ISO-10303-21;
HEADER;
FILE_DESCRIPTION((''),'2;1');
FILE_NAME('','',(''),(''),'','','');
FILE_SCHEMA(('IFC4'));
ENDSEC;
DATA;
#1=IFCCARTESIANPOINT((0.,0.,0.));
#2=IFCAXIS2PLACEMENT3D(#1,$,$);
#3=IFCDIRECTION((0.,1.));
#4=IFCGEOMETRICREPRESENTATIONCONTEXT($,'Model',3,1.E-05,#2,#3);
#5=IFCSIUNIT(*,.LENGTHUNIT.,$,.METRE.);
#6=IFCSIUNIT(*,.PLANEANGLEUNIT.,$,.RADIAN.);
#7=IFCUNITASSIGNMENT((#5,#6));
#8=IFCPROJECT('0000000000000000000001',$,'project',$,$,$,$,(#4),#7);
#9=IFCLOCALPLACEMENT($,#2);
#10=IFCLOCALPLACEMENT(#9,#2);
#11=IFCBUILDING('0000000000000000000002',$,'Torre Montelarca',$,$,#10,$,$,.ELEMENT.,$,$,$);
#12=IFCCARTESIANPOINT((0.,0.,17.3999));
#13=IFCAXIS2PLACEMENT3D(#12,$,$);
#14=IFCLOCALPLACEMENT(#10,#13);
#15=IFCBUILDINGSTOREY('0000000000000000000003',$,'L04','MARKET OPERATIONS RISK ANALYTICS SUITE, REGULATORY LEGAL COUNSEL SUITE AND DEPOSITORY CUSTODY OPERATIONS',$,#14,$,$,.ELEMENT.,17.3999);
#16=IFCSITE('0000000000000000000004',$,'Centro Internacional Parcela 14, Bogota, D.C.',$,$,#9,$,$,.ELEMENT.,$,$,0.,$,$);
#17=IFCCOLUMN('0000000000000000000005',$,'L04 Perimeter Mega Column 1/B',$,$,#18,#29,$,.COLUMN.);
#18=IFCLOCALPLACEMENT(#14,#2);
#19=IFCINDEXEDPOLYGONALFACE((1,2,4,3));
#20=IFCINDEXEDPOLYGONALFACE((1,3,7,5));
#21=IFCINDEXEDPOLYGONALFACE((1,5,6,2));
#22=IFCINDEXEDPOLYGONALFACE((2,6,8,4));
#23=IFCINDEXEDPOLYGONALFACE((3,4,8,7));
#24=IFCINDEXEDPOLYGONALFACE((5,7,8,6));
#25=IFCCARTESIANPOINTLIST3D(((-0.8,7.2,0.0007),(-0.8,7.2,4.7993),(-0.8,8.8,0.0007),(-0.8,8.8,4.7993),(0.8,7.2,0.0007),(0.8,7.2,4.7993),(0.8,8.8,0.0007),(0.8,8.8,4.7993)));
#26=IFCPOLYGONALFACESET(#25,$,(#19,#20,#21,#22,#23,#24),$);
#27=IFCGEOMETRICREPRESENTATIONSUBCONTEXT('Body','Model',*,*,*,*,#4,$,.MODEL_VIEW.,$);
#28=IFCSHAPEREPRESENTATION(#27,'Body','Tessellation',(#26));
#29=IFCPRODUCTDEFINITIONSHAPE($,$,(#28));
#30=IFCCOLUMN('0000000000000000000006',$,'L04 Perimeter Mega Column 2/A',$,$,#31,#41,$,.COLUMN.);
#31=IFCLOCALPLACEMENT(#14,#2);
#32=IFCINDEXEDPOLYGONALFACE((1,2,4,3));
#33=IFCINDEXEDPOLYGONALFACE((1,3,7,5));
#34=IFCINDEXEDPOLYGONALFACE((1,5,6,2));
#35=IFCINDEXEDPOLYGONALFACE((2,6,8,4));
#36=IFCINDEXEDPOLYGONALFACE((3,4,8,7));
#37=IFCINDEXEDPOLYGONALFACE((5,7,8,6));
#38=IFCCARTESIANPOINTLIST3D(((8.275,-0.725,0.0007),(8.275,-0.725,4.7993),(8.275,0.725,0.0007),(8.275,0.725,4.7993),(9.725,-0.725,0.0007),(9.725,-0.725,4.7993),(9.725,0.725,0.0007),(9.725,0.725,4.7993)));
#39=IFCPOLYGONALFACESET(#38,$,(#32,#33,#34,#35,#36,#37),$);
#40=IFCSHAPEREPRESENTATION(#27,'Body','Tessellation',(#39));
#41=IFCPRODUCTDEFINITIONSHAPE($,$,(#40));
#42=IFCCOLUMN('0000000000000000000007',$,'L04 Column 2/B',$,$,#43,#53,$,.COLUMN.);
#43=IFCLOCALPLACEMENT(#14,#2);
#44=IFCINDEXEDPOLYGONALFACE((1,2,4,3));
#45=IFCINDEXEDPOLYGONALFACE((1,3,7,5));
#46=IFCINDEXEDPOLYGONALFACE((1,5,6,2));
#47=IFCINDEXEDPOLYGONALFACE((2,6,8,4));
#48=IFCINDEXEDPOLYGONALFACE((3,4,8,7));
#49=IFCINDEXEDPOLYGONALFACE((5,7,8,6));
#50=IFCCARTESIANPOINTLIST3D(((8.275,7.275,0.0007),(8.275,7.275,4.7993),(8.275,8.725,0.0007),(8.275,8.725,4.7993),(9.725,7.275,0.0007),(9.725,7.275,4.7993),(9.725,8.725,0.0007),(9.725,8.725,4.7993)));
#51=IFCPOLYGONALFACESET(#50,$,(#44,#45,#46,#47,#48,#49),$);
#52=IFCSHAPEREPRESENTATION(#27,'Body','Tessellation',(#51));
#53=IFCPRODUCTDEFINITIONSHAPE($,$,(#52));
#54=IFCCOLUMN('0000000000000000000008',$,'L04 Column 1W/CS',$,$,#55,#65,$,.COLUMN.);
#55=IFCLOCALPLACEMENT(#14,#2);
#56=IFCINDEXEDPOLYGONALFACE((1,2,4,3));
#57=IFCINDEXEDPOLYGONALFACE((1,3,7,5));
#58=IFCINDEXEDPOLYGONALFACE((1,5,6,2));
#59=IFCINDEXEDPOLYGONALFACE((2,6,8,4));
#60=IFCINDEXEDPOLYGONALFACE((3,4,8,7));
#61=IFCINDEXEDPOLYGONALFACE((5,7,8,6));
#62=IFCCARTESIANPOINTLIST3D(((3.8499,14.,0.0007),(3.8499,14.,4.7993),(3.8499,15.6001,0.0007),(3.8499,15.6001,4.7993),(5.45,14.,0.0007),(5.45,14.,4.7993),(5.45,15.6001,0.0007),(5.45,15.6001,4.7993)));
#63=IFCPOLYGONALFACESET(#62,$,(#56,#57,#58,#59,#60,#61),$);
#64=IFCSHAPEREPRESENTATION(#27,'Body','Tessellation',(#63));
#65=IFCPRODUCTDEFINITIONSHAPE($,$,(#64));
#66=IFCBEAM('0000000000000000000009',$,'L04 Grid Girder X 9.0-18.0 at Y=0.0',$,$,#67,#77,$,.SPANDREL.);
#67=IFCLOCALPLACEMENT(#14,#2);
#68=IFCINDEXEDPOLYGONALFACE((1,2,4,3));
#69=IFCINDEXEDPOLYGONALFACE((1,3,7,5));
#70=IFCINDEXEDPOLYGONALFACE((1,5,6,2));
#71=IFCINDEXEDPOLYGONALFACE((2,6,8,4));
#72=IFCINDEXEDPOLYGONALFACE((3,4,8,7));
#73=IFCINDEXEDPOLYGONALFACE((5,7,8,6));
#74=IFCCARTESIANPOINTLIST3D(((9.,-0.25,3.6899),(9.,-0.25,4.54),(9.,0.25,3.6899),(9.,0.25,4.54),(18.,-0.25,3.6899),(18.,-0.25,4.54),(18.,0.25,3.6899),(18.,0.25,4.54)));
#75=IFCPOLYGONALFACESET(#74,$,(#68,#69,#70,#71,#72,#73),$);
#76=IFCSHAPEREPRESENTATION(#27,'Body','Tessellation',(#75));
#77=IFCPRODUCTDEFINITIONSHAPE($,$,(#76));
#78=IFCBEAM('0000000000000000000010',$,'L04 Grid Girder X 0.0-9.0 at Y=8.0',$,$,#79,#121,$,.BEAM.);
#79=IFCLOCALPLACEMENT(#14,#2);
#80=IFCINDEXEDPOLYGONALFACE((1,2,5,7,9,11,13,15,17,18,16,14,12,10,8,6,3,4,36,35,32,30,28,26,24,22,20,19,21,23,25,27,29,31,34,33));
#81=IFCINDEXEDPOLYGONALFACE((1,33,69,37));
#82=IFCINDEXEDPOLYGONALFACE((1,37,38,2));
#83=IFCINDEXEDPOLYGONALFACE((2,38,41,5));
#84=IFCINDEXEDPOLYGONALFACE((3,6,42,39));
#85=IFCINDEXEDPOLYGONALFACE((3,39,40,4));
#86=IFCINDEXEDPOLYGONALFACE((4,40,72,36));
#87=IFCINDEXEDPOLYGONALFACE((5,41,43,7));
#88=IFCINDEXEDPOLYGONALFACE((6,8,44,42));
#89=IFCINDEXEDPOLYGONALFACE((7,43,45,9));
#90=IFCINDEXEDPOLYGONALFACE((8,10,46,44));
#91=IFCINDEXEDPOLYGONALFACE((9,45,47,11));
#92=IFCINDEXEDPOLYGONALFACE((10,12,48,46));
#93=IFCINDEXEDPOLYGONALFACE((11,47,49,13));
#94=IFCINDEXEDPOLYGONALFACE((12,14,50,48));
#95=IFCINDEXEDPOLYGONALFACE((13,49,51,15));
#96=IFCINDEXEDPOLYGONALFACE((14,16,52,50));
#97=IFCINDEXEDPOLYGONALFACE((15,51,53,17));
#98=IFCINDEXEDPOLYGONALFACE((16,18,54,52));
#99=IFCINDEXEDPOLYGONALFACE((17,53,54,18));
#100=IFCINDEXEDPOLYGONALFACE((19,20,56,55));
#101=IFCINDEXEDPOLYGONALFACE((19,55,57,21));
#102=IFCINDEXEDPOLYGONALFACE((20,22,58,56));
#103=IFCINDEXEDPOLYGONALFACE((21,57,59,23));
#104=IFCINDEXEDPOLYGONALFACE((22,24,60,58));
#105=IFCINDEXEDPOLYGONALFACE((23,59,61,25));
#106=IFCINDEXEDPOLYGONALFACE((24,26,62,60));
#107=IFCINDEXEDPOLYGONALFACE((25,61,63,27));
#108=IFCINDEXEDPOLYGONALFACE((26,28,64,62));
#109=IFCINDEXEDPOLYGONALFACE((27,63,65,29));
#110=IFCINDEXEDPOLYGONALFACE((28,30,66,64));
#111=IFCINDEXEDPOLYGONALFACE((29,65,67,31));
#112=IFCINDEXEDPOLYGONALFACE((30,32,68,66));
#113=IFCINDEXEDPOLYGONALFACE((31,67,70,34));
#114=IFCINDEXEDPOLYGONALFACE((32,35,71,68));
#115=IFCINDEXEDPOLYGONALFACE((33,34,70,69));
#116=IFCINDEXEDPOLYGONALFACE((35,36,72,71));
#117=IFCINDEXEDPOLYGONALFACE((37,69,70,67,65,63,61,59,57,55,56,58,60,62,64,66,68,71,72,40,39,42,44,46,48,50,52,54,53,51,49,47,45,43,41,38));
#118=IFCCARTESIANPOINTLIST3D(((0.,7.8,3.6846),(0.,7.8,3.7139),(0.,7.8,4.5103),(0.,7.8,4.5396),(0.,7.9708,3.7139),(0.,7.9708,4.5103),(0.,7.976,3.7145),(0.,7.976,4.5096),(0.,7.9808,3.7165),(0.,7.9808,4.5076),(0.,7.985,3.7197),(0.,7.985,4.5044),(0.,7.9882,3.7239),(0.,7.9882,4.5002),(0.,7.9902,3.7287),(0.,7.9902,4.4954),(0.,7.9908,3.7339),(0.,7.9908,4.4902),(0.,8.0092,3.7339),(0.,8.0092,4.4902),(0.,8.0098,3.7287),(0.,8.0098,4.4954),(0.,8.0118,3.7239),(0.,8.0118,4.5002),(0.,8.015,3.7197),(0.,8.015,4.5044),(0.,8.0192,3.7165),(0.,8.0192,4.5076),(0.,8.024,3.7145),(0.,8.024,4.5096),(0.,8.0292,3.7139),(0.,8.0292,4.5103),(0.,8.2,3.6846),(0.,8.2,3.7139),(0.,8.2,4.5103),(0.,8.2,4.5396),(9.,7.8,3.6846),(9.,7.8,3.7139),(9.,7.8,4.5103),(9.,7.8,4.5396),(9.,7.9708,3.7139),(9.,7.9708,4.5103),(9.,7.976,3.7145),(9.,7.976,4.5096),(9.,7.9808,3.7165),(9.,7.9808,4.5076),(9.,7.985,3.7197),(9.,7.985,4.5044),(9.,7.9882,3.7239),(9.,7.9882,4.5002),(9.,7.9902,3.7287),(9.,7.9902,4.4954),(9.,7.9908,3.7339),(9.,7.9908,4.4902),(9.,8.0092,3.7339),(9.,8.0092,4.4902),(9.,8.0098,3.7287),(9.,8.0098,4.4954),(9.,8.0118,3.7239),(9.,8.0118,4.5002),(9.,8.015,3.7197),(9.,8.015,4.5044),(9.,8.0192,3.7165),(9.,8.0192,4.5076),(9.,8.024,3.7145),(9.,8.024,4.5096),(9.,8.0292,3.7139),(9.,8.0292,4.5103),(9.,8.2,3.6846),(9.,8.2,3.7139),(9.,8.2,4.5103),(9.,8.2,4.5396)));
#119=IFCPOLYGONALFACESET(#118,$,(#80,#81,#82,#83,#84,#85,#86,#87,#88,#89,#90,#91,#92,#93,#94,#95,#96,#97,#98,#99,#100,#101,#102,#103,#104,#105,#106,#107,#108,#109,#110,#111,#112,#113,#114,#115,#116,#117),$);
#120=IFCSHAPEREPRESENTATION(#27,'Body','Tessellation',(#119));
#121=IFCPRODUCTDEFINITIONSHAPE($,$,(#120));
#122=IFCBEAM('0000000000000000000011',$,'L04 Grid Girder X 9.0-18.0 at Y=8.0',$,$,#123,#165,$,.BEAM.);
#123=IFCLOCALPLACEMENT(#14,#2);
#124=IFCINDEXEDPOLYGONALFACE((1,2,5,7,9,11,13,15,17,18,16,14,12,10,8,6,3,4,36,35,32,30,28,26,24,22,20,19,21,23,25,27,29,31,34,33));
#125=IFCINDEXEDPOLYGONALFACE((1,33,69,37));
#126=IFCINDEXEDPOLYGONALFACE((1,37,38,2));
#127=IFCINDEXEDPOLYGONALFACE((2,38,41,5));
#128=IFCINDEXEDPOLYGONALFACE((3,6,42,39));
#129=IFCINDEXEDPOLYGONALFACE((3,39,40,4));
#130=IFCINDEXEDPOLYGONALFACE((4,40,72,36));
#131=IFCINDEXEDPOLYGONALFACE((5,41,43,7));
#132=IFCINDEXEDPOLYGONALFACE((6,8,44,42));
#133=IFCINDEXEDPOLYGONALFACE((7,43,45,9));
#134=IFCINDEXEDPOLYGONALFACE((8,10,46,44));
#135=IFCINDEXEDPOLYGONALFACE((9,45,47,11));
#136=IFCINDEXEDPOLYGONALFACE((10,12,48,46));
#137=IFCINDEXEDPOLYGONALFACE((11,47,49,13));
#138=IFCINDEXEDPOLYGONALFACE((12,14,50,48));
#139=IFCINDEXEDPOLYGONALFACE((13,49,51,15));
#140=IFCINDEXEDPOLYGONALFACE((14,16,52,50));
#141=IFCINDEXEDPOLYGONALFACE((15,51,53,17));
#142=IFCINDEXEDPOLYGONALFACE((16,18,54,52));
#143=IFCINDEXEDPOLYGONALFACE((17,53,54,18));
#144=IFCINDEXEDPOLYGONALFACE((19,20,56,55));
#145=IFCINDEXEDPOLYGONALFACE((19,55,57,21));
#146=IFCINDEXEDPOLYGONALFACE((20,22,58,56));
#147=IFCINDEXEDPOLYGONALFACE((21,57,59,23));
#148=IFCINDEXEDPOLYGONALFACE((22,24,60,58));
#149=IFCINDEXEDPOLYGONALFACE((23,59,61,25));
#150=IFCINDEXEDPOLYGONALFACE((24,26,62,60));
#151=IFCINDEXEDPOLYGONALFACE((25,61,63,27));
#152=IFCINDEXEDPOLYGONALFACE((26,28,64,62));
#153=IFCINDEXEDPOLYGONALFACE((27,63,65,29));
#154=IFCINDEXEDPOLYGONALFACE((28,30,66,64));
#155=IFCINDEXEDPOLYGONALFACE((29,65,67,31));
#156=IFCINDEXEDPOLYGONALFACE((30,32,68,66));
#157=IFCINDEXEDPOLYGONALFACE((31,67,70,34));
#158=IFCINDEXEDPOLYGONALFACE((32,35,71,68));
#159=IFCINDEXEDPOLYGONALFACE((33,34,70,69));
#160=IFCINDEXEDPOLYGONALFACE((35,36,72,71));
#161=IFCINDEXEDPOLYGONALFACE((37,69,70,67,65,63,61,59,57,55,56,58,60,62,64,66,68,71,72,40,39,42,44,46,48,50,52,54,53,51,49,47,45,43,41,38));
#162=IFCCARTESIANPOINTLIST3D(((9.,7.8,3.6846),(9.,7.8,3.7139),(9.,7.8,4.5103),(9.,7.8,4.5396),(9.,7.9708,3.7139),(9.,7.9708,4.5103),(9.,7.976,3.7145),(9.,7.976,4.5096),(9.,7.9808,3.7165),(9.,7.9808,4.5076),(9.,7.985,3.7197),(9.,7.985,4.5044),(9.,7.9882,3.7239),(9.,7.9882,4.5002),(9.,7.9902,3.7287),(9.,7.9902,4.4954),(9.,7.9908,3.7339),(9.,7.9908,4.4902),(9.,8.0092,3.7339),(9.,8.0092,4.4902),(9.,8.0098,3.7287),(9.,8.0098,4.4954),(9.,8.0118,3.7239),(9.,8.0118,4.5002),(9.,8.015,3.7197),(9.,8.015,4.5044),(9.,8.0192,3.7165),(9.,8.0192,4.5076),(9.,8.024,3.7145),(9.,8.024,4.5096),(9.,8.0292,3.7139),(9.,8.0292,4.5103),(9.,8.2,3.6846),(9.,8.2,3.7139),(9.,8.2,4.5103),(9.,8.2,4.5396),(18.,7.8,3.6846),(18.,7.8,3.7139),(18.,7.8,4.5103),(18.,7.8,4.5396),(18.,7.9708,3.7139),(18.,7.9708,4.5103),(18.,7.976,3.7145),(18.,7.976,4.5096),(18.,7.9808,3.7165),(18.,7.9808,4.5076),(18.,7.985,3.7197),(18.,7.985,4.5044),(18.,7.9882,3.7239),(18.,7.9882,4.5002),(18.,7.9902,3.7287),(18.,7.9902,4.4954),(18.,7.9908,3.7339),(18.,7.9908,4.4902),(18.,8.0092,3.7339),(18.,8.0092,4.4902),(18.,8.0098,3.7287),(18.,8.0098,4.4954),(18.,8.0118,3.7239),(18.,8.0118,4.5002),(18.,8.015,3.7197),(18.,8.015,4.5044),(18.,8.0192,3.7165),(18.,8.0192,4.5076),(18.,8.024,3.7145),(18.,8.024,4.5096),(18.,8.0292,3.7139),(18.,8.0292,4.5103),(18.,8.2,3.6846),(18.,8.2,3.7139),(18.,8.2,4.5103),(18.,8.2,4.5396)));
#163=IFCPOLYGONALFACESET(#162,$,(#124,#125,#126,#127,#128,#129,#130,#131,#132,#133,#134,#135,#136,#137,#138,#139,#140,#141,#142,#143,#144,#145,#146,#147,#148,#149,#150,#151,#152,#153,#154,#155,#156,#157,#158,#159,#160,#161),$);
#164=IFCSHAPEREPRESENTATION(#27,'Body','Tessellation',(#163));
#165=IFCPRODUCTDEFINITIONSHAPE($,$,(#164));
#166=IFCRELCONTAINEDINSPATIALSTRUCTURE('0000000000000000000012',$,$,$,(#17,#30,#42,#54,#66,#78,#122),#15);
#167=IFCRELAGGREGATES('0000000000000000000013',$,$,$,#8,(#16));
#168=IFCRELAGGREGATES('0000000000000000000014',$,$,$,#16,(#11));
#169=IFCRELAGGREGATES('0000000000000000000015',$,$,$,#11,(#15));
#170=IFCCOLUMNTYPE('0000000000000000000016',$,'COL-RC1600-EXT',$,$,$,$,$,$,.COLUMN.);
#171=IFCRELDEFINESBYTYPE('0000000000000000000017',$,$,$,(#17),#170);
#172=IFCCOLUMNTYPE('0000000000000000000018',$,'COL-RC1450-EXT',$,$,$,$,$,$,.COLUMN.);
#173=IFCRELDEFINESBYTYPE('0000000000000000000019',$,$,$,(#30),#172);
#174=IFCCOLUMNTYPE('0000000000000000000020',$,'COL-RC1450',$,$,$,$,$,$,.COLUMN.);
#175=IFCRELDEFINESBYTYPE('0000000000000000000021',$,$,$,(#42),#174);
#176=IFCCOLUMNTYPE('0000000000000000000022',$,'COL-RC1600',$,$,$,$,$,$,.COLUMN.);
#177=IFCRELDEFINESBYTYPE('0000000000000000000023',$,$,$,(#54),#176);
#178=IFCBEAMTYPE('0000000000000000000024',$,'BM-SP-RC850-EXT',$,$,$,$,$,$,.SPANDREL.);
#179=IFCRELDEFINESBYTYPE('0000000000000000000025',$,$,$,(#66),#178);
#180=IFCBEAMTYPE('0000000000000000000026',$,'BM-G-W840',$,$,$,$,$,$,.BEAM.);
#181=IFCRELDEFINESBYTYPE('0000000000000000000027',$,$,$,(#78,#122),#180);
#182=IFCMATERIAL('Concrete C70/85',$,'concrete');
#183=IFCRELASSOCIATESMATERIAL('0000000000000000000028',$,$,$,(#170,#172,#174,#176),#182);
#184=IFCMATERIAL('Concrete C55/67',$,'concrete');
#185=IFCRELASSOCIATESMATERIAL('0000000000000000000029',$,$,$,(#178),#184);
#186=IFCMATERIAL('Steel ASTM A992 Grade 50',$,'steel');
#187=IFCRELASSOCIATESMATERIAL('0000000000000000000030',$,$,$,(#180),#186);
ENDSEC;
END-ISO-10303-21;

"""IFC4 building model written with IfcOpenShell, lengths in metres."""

from ifc_helpers import new_model, si_unit, direction, frame, origin, origin_2d, place, context, subcontext, project, spatial, rectangle, i_section, extrude, source, transform, mapped, material, material_profile, profile_set, type_object, element, save


model = new_model("IFC4")

# Units and contexts
model_context = context("Model", 3, precision=1e-05, world=origin(), true_north=direction((0.0, 1.0)))
body_context = subcontext(model_context, "Body", "Model", "MODEL_VIEW")
ifc_project = project(units=[si_unit("LENGTHUNIT", "METRE"), si_unit("PLANEANGLEUNIT", "RADIAN")], contexts=[model_context])

# Site, building, storey
site_placement = place(None, origin())
site = spatial("IfcSite", under=ifc_project, at=site_placement, Name="Centro Internacional Parcela 14, Bogota, D.C.", CompositionType="ELEMENT", RefElevation=0.0)
building_placement = place(site_placement, origin())
building = spatial("IfcBuilding", under=site, at=building_placement, Name="Torre Montelarca", CompositionType="ELEMENT")
storey_placement = place(building_placement, frame((0.0, 0.0, 17.3999)))
storey = spatial("IfcBuildingStorey", under=building, at=storey_placement, Name="L04", Description="MARKET OPERATIONS RISK ANALYTICS SUITE, REGULATORY LEGAL COUNSEL SUITE AND DEPOSITORY CUSTODY OPERATIONS", CompositionType="ELEMENT", Elevation=17.3999)

# Columns
ifc_material_1 = material(Name="Concrete C70/85", Category="concrete")
ifc_material_profile_1 = material_profile(ifc_material_1, rectangle(XDim=1.6001, YDim=1.6001, at=origin_2d()), Name="RC1600X1600", Category="concrete")
ifc_profile_set_1 = profile_set([ifc_material_profile_1], Name="Concrete C70/85")
column_type_1 = type_object("IfcColumnType", Name="COL-RC1600-EXT", PredefinedType="COLUMN", material=ifc_profile_set_1)
shared_shape_1 = source(origin(), body_context, "Body", "SweptSolid", [
    extrude(rectangle(XDim=1.6001, YDim=1.6001, at=origin_2d()), origin(), (0.0, 0.0, 1.0), 4.7986),
])
column_1_placement = place(storey_placement, frame((0.0, 8.0, 0.0007), z_axis=(0.0, 0.0, 1.0), x_axis=(1.0, 0.0, 0.0)))
element("IfcColumn", 1, at=column_1_placement, inside=storey, type_object=column_type_1, Name="L04 Perimeter Mega Column 1/B", PredefinedType="COLUMN", context=body_context, shape_type="MappedRepresentation", body=[
    mapped(shared_shape_1, transform((0.0, 0.0, 0.0), scale=1.0)),
])
ifc_material_profile_2 = material_profile(ifc_material_1, rectangle(XDim=1.45, YDim=1.45, at=origin_2d()), Name="RC1450X1450", Category="concrete")
ifc_profile_set_2 = profile_set([ifc_material_profile_2], Name="Concrete C70/85")
column_type_2 = type_object("IfcColumnType", Name="COL-RC1450-EXT", PredefinedType="COLUMN", material=ifc_profile_set_2)
shared_shape_2 = source(origin(), body_context, "Body", "SweptSolid", [
    extrude(rectangle(XDim=1.45, YDim=1.45, at=origin_2d()), origin(), (0.0, 0.0, 1.0), 4.7986),
])
column_2_placement = place(storey_placement, frame((9.0, 0.0, 0.0007), z_axis=(0.0, 0.0, 1.0), x_axis=(1.0, 0.0, 0.0)))
element("IfcColumn", 2, at=column_2_placement, inside=storey, type_object=column_type_2, Name="L04 Perimeter Mega Column 2/A", PredefinedType="COLUMN", context=body_context, shape_type="MappedRepresentation", body=[
    mapped(shared_shape_2, transform((0.0, 0.0, 0.0), scale=1.0)),
])
ifc_material_profile_3 = material_profile(ifc_material_1, rectangle(XDim=1.45, YDim=1.45, at=origin_2d()), Name="RC1450X1450", Category="concrete")
ifc_profile_set_3 = profile_set([ifc_material_profile_3], Name="Concrete C70/85")
column_type_3 = type_object("IfcColumnType", Name="COL-RC1450", PredefinedType="COLUMN", material=ifc_profile_set_3)
shared_shape_3 = source(origin(), body_context, "Body", "SweptSolid", [
    extrude(rectangle(XDim=1.45, YDim=1.45, at=origin_2d()), origin(), (0.0, 0.0, 1.0), 4.7986),
])
column_3_placement = place(storey_placement, frame((9.0, 8.0, 0.0007), z_axis=(0.0, 0.0, 1.0), x_axis=(1.0, 0.0, 0.0)))
element("IfcColumn", 3, at=column_3_placement, inside=storey, type_object=column_type_3, Name="L04 Column 2/B", PredefinedType="COLUMN", context=body_context, shape_type="MappedRepresentation", body=[
    mapped(shared_shape_3, transform((0.0, 0.0, 0.0), scale=1.0)),
])
ifc_material_profile_4 = material_profile(ifc_material_1, rectangle(XDim=1.6001, YDim=1.6001, at=origin_2d()), Name="RC1600X1600", Category="concrete")
ifc_profile_set_4 = profile_set([ifc_material_profile_4], Name="Concrete C70/85")
column_type_4 = type_object("IfcColumnType", Name="COL-RC1600", PredefinedType="COLUMN", material=ifc_profile_set_4)
shared_shape_4 = source(origin(), body_context, "Body", "SweptSolid", [
    extrude(rectangle(XDim=1.6001, YDim=1.6001, at=origin_2d()), origin(), (0.0, 0.0, 1.0), 4.7986),
])
column_4_placement = place(storey_placement, frame((4.6499, 14.8, 0.0007), z_axis=(0.0, 0.0, 1.0), x_axis=(1.0, 0.0, 0.0)))
element("IfcColumn", 4, at=column_4_placement, inside=storey, type_object=column_type_4, Name="L04 Column 1W/CS", PredefinedType="COLUMN", context=body_context, shape_type="MappedRepresentation", body=[
    mapped(shared_shape_4, transform((0.0, 0.0, 0.0), scale=1.0)),
])

# Beams
ifc_material_2 = material(Name="Concrete C55/67", Category="concrete")
ifc_material_profile_5 = material_profile(ifc_material_2, rectangle(XDim=0.5, YDim=0.8501, at=origin_2d()), Name="RCB500X850", Category="concrete")
ifc_profile_set_5 = profile_set([ifc_material_profile_5], Name="Concrete C55/67")
beam_type_1 = type_object("IfcBeamType", Name="BM-SP-RC850-EXT", PredefinedType="SPANDREL", material=ifc_profile_set_5)
shared_shape_5 = source(origin(), body_context, "Body", "SweptSolid", [
    extrude(rectangle(XDim=0.5, YDim=0.8501, at=origin_2d()), origin(), (0.0, 0.0, 1.0), 9.0),
])
beam_1_placement = place(storey_placement, frame((9.0, 0.0, 4.115), z_axis=(1.0, 0.0, 0.0), x_axis=(0.0, 1.0, 0.0)))
element("IfcBeam", 5, at=beam_1_placement, inside=storey, type_object=beam_type_1, Name="L04 Grid Girder X 9.0-18.0 at Y=0.0", PredefinedType="SPANDREL", context=body_context, shape_type="MappedRepresentation", body=[
    mapped(shared_shape_5, transform((0.0, 0.0, 0.0), scale=1.0)),
])
ifc_material_3 = material(Name="Steel ASTM A992 Grade 50", Category="steel")
ifc_material_profile_6 = material_profile(ifc_material_3, i_section(OverallWidth=0.3999, OverallDepth=0.855, WebThickness=0.0183, FlangeThickness=0.0293, FilletRadius=0.02, at=origin_2d()), Name="W840X299", Category="steel")
ifc_profile_set_6 = profile_set([ifc_material_profile_6], Name="Steel ASTM A992 Grade 50")
beam_type_2 = type_object("IfcBeamType", Name="BM-G-W840", PredefinedType="BEAM", material=ifc_profile_set_6)
shared_shape_6 = source(origin(), body_context, "Body", "SweptSolid", [
    extrude(i_section(OverallWidth=0.3999, OverallDepth=0.855, WebThickness=0.0183, FlangeThickness=0.0293, FilletRadius=0.02, at=origin_2d()), origin(), (0.0, 0.0, 1.0), 9.0),
])
for number, where, z_axis, x_axis, name in (
    (6, (0.0, 8.0, 4.1121), (1.0, 0.0, 0.0), (0.0, 1.0, 0.0), "L04 Grid Girder X 0.0-9.0 at Y=8.0"),
    (7, (9.0, 8.0, 4.1121), (1.0, 0.0, 0.0), (0.0, 1.0, 0.0), "L04 Grid Girder X 9.0-18.0 at Y=8.0"),
):
    element("IfcBeam", number, at=place(storey_placement, frame(where, z_axis=z_axis, x_axis=x_axis)), inside=storey, type_object=beam_type_2, Name=name, PredefinedType="BEAM", context=body_context, shape_type="MappedRepresentation", body=[
        mapped(shared_shape_6, transform((0.0, 0.0, 0.0), scale=1.0)),
    ])

save(model, "model.ifc")
